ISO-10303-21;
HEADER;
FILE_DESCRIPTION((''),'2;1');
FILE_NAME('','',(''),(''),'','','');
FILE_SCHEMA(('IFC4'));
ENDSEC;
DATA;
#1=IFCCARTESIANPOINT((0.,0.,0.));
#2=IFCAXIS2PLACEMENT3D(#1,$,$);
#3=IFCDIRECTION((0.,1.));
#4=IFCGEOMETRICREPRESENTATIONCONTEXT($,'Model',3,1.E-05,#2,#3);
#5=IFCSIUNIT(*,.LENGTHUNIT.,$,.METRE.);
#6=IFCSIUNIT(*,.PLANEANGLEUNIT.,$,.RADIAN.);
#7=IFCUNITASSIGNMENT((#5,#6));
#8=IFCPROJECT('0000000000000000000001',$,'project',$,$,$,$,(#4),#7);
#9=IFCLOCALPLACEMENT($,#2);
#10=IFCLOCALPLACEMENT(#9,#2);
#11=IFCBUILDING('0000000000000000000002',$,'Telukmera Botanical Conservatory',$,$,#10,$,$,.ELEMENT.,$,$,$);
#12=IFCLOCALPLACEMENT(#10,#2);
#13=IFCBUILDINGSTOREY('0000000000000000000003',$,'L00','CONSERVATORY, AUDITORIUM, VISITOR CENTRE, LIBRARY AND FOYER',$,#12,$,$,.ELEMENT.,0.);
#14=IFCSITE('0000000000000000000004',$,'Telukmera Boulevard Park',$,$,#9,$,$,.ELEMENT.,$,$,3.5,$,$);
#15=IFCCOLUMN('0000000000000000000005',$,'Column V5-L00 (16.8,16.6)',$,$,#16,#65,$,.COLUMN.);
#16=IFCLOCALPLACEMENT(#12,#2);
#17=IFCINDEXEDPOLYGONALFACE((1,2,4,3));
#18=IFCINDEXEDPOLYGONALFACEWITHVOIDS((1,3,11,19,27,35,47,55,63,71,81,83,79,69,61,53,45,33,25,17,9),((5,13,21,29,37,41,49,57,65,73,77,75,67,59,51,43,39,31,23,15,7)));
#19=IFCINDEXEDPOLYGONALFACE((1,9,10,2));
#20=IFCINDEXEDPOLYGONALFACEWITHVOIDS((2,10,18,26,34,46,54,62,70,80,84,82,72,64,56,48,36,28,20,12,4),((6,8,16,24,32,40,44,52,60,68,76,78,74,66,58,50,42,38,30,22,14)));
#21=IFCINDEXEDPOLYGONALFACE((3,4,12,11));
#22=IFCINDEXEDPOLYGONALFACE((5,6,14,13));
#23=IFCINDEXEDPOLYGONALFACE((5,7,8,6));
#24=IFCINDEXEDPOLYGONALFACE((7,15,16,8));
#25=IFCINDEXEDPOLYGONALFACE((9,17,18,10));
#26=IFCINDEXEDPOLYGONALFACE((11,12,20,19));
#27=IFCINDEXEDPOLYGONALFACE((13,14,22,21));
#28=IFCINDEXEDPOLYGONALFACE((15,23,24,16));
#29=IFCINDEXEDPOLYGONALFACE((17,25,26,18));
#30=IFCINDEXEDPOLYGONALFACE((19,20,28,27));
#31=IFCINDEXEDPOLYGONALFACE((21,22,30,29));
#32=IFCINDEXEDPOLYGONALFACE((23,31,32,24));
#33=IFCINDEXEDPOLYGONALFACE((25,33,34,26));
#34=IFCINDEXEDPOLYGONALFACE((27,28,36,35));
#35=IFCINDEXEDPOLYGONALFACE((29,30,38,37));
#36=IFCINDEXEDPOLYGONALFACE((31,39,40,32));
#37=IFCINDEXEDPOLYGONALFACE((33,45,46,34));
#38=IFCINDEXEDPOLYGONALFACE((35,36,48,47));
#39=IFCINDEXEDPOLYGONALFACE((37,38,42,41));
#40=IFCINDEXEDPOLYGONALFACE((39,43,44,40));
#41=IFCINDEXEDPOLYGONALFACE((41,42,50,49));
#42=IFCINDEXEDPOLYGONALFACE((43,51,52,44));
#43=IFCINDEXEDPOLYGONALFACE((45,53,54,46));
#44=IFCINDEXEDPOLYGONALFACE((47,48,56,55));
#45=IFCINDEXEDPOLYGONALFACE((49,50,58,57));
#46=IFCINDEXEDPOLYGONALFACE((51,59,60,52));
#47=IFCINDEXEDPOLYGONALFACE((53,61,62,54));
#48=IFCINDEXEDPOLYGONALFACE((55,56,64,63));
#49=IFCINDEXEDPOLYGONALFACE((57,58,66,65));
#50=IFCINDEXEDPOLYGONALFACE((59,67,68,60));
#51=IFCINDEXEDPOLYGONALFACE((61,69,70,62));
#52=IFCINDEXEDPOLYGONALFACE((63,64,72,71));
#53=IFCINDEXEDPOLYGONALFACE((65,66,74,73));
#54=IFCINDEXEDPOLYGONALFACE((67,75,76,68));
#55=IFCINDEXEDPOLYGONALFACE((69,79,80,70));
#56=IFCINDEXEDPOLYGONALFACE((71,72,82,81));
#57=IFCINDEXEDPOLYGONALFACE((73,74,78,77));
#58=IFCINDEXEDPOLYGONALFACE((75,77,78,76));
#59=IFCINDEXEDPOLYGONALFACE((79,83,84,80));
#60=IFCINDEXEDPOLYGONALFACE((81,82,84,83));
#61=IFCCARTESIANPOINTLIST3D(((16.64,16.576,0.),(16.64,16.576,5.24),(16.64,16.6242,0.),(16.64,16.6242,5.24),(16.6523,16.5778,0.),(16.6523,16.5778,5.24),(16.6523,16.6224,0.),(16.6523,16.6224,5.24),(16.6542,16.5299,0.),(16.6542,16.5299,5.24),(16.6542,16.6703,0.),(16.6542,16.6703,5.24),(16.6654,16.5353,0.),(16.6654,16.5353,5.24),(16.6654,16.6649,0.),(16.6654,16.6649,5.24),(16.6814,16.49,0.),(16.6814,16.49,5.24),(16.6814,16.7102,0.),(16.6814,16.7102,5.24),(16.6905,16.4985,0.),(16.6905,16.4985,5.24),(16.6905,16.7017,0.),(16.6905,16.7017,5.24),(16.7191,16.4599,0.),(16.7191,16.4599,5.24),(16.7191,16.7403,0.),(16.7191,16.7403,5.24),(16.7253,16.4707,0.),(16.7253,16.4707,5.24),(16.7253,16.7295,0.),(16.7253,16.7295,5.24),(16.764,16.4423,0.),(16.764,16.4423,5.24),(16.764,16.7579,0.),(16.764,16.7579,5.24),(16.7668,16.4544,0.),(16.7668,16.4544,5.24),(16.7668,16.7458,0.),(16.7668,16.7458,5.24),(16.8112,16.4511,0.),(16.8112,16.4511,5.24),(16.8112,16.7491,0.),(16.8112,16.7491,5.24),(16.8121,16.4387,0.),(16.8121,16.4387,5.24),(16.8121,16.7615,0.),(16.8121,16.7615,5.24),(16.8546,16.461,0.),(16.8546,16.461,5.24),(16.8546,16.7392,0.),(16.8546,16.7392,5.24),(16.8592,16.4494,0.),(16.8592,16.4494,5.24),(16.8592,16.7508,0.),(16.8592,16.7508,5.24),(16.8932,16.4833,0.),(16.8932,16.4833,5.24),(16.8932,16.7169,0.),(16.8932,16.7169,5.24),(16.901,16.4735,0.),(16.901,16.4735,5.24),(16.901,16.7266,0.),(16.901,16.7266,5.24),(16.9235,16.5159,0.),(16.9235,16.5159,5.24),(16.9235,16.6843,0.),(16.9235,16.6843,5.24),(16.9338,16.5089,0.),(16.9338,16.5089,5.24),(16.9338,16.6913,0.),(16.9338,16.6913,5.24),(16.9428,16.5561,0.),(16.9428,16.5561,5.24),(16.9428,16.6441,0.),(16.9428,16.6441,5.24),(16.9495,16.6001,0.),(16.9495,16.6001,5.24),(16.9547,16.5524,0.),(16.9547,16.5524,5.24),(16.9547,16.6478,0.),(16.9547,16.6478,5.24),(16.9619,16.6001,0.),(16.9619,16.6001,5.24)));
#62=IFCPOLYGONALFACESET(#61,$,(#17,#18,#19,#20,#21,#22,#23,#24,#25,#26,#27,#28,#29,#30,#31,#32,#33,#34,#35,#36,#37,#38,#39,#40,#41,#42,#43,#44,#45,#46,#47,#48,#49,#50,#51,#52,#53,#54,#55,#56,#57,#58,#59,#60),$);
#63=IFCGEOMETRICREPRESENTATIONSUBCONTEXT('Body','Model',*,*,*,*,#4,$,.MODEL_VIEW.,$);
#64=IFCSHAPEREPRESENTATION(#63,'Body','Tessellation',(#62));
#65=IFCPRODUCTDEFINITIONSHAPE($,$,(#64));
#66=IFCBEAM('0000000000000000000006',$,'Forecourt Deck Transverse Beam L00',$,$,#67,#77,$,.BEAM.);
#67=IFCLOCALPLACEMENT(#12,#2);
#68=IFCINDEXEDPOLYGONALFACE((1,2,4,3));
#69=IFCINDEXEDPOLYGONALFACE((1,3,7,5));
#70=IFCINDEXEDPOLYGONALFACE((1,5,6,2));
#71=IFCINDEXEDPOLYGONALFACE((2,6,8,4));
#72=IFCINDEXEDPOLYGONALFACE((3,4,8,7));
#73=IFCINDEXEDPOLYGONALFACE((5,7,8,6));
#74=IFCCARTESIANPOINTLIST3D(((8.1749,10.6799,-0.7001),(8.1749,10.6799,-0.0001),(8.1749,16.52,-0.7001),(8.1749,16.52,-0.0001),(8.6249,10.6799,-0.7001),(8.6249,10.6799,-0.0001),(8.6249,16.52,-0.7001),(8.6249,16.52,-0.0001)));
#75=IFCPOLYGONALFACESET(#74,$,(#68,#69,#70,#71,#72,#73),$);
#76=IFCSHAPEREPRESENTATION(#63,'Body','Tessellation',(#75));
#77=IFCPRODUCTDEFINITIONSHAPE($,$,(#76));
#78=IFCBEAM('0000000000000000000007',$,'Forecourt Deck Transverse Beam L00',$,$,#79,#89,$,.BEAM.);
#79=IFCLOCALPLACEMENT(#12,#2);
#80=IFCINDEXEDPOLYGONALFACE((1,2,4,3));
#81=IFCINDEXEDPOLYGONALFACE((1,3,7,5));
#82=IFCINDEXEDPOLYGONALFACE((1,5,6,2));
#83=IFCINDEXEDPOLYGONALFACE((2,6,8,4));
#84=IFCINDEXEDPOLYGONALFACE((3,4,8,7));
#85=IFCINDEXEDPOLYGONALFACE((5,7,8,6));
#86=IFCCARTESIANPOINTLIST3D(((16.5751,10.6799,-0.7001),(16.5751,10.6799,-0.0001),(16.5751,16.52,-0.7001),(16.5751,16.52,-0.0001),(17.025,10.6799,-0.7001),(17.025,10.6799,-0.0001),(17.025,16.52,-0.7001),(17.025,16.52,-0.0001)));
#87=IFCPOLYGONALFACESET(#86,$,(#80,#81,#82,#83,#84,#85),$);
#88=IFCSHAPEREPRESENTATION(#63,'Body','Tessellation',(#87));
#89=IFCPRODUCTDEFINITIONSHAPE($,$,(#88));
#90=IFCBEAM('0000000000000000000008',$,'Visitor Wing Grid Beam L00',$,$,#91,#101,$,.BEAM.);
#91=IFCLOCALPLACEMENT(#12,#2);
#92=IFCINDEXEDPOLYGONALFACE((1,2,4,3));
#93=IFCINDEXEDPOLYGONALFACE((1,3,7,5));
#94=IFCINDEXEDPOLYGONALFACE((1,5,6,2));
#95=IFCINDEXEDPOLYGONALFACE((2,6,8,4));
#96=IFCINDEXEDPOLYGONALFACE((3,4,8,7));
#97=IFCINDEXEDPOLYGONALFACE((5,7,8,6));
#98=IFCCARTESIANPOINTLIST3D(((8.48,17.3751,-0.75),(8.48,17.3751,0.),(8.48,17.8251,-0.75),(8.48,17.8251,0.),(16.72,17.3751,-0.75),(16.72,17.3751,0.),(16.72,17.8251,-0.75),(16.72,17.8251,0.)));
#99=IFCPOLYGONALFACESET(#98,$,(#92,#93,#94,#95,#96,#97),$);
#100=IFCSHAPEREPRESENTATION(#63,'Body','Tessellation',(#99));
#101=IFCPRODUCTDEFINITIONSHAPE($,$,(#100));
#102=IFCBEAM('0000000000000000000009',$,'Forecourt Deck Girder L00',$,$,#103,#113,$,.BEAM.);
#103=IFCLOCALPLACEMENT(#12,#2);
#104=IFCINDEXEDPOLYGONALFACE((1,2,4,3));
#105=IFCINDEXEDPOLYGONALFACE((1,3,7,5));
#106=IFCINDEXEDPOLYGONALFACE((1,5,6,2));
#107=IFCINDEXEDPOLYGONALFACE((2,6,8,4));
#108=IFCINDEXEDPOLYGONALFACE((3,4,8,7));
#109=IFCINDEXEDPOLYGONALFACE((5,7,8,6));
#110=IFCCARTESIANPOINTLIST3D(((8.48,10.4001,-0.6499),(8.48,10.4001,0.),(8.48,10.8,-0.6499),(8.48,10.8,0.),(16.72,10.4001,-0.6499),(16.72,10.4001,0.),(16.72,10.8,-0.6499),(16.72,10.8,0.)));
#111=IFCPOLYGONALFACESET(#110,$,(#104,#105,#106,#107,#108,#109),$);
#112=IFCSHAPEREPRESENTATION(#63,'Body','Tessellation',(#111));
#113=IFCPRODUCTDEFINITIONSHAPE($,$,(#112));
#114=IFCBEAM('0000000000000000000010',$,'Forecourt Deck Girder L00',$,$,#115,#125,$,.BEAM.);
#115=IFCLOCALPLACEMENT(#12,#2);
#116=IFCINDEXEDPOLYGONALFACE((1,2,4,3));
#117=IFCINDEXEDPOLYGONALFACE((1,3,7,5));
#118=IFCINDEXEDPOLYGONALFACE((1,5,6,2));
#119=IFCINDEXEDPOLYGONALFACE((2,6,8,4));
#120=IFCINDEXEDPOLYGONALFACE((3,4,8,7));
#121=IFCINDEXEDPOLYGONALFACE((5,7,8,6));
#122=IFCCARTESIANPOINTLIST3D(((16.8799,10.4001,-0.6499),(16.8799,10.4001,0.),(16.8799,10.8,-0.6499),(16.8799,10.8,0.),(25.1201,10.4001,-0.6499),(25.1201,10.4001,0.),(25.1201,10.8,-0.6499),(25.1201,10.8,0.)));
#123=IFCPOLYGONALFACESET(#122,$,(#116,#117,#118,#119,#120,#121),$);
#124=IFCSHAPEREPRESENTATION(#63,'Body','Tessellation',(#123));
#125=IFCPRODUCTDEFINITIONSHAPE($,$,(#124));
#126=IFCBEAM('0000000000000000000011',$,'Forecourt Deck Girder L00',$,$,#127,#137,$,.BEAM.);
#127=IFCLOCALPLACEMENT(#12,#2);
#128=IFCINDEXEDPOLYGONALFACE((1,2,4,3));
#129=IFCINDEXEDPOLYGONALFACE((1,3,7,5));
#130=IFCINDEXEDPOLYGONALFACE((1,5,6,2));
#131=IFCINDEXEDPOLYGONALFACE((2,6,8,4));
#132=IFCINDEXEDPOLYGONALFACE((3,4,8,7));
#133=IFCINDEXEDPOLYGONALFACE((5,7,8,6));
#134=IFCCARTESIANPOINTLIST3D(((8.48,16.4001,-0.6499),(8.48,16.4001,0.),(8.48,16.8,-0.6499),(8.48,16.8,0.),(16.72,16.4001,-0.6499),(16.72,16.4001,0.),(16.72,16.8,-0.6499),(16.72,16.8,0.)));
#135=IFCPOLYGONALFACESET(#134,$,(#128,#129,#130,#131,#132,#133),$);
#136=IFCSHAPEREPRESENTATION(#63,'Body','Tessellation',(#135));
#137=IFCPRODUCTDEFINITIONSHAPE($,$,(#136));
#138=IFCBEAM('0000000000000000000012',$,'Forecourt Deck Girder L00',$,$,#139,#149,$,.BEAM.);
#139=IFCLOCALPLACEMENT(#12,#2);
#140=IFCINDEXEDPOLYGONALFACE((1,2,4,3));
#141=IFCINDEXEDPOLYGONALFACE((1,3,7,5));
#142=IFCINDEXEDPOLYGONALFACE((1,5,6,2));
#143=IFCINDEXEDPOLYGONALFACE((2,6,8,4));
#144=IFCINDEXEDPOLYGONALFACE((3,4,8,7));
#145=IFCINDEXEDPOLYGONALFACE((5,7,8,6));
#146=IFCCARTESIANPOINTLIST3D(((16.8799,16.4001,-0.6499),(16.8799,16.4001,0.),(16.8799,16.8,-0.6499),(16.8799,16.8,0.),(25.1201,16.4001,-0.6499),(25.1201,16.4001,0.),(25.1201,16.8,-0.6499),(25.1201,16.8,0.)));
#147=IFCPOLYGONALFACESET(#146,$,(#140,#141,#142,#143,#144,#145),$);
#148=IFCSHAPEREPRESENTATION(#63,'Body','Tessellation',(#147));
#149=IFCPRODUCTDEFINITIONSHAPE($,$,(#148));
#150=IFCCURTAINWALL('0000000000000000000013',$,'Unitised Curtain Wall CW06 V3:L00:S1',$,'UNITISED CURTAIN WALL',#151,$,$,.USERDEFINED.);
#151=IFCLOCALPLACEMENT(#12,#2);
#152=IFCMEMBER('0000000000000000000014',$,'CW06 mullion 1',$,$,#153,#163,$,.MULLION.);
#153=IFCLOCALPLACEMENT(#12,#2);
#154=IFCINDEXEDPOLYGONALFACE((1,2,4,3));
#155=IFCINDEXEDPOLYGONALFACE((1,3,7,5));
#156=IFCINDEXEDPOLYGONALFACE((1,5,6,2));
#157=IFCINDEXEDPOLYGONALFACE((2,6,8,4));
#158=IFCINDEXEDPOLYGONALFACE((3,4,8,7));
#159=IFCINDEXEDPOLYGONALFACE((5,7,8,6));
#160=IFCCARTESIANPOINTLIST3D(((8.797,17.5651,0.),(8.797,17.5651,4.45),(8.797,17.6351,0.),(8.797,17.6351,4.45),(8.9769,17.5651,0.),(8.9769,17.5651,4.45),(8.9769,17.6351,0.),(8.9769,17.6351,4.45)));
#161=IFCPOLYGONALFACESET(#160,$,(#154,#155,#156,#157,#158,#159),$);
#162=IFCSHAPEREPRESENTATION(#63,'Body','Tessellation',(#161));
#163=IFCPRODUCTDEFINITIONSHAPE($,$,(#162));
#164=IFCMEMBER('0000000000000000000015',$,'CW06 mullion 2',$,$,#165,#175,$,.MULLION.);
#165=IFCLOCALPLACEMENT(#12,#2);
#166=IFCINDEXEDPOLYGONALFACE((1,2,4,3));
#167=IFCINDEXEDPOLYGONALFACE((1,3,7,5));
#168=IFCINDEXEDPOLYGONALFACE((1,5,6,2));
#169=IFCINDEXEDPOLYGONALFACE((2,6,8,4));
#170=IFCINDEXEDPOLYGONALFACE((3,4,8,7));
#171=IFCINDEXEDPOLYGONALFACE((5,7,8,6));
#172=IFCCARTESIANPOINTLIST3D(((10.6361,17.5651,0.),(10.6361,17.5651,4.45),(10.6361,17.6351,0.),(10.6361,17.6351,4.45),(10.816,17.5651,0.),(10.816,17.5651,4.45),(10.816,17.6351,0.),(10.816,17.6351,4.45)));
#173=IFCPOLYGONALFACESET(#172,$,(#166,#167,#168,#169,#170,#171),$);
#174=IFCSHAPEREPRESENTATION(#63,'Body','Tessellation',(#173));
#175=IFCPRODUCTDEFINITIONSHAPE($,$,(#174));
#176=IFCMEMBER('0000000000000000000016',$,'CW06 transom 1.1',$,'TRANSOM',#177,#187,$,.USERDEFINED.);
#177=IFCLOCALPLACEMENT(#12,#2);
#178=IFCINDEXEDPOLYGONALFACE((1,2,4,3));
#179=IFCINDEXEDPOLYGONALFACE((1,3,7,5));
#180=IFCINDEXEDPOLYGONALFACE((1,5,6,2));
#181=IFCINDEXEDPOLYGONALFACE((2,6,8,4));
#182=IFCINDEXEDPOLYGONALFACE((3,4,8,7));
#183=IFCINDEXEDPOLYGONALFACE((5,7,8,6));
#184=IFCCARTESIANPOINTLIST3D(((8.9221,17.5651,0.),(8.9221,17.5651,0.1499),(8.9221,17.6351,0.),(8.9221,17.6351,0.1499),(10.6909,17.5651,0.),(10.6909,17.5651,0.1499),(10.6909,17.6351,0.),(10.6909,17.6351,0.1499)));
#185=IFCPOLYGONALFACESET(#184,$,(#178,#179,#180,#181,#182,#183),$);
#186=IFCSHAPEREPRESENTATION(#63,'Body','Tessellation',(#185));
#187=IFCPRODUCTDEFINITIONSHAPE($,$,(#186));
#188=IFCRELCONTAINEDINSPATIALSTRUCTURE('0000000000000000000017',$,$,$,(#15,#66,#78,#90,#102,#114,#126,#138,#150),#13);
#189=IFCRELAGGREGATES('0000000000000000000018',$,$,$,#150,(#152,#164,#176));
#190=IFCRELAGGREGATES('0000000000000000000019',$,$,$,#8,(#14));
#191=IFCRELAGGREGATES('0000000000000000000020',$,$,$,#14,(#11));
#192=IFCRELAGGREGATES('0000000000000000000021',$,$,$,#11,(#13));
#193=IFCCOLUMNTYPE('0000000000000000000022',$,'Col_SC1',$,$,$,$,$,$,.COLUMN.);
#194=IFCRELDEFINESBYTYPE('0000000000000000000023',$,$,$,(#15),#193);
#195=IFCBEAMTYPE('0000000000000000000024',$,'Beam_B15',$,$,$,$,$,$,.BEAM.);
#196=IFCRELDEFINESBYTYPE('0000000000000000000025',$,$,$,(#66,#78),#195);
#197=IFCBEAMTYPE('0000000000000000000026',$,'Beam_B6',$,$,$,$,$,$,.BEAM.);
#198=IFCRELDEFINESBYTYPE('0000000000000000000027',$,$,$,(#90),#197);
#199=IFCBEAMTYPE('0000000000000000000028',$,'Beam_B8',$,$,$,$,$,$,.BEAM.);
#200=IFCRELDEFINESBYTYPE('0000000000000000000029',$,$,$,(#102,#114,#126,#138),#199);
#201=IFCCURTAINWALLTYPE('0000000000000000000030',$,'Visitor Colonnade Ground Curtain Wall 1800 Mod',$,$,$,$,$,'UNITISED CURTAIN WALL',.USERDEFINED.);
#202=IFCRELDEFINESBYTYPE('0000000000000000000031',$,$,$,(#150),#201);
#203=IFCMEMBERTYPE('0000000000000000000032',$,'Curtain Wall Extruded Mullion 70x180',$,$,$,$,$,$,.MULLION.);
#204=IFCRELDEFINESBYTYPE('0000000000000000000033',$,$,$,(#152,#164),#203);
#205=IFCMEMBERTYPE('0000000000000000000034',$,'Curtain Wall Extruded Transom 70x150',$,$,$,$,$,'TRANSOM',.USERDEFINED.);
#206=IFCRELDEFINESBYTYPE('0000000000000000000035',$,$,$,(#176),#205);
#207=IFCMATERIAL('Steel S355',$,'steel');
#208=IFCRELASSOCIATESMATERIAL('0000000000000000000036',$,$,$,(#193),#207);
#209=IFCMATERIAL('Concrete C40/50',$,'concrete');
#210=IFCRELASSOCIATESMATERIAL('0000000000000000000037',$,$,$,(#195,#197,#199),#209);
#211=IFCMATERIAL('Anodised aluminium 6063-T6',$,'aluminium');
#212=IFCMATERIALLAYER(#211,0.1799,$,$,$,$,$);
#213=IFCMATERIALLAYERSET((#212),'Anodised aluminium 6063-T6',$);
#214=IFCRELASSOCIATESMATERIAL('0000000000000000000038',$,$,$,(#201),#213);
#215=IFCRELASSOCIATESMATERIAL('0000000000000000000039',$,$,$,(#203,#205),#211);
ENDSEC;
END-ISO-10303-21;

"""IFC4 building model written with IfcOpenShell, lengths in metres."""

from ifc_helpers import new_model, si_unit, direction, frame, origin, origin_2d, place, context, subcontext, project, spatial, rectangle, hollow_circle, extrude, material, layer, layer_set, material_profile, profile_set, type_object, element, aggregate, save


model = new_model("IFC4")

# Units and contexts
model_context = context("Model", 3, precision=1e-05, world=origin(), true_north=direction((0.0, 1.0)))
body_context = subcontext(model_context, "Body", "Model", "MODEL_VIEW")
ifc_project = project(units=[si_unit("LENGTHUNIT", "METRE"), si_unit("PLANEANGLEUNIT", "RADIAN")], contexts=[model_context])

# Site, building, storey
site_placement = place(None, origin())
site = spatial("IfcSite", under=ifc_project, at=site_placement, Name="Telukmera Boulevard Park", CompositionType="ELEMENT", RefElevation=3.5)
building_placement = place(site_placement, origin())
building = spatial("IfcBuilding", under=site, at=building_placement, Name="Telukmera Botanical Conservatory", CompositionType="ELEMENT")
storey_placement = place(building_placement, origin())
storey = spatial("IfcBuildingStorey", under=building, at=storey_placement, Name="L00", Description="CONSERVATORY, AUDITORIUM, VISITOR CENTRE, LIBRARY AND FOYER", CompositionType="ELEMENT", Elevation=0.0)

# Column
ifc_material_1 = material(Name="Concrete C40/50", Category="concrete")
ifc_material_2 = material(Name="Steel S355", Category="steel")
ifc_material_profile_1 = material_profile(ifc_material_2, hollow_circle(Radius=0.1619, WallThickness=0.0125, at=origin_2d()), Name="CHS 323.9x12.5")
ifc_profile_set_1 = profile_set([ifc_material_profile_1], Name="Steel S355")
column_type_1 = type_object("IfcColumnType", Name="Col_SC1", PredefinedType="COLUMN", material=ifc_profile_set_1)
for number, where, z_axis, x_axis, name in (
    (1, (16.8, 16.6001, 0.0), (0.0, 0.0, 1.0), (1.0, 0.0, 0.0), "Column V5-L00 (16.8,16.6)"),
):
    element("IfcColumn", number, at=place(storey_placement, frame(where, z_axis=z_axis, x_axis=x_axis)), inside=storey, type_object=column_type_1, Name=name, PredefinedType="COLUMN", context=body_context, shape_type="SweptSolid", body=[
        extrude(hollow_circle(Radius=0.1619, WallThickness=0.0125, at=origin_2d()), origin(), (0.0, 0.0, 1.0), 5.24),
    ])

# Beams
ifc_material_profile_2 = material_profile(ifc_material_1, rectangle(XDim=0.45, YDim=0.7, at=origin_2d()), Name="RC 450x700")
ifc_profile_set_2 = profile_set([ifc_material_profile_2], Name="Concrete C40/50")
beam_type_1 = type_object("IfcBeamType", Name="Beam_B15", PredefinedType="BEAM", material=ifc_profile_set_2)
for number, where, z_axis, x_axis, name in (
    (2, (8.3999, 10.6799, -0.3501), (0.0, 1.0, 0.0), (-1.0, 0.0, 0.0), "Forecourt Deck Transverse Beam L00"),
    (3, (16.8, 10.6799, -0.3501), (0.0, 1.0, 0.0), (-1.0, 0.0, 0.0), "Forecourt Deck Transverse Beam L00"),
):
    element("IfcBeam", number, at=place(storey_placement, frame(where, z_axis=z_axis, x_axis=x_axis)), inside=storey, type_object=beam_type_1, Name=name, PredefinedType="BEAM", context=body_context, shape_type="SweptSolid", body=[
        extrude(rectangle(XDim=0.45, YDim=0.7, at=origin_2d()), origin(), (0.0, 0.0, 1.0), 5.8401),
    ])
ifc_material_profile_3 = material_profile(ifc_material_1, rectangle(XDim=0.45, YDim=0.75, at=origin_2d()), Name="RC 450x750")
ifc_profile_set_3 = profile_set([ifc_material_profile_3], Name="Concrete C40/50")
beam_type_2 = type_object("IfcBeamType", Name="Beam_B6", PredefinedType="BEAM", material=ifc_profile_set_3)
beam_1_placement = place(storey_placement, frame((8.48, 17.6001, -0.375), z_axis=(1.0, 0.0, 0.0), x_axis=(0.0, 1.0, 0.0)))
element("IfcBeam", 4, at=beam_1_placement, inside=storey, type_object=beam_type_2, Name="Visitor Wing Grid Beam L00", PredefinedType="BEAM", context=body_context, shape_type="SweptSolid", body=[
    extrude(rectangle(XDim=0.45, YDim=0.75, at=origin_2d()), origin(), (0.0, 0.0, 1.0), 8.24),
])
ifc_material_profile_4 = material_profile(ifc_material_1, rectangle(XDim=0.3999, YDim=0.6499, at=origin_2d()), Name="RC 400x650")
ifc_profile_set_4 = profile_set([ifc_material_profile_4], Name="Concrete C40/50")
beam_type_3 = type_object("IfcBeamType", Name="Beam_B8", PredefinedType="BEAM", material=ifc_profile_set_4)
beam_2_placement = place(storey_placement, frame((8.48, 10.6001, -0.325), z_axis=(1.0, 0.0, 0.0), x_axis=(0.0, 1.0, 0.0)))
element("IfcBeam", 5, at=beam_2_placement, inside=storey, type_object=beam_type_3, Name="Forecourt Deck Girder L00", PredefinedType="BEAM", context=body_context, shape_type="SweptSolid", body=[
    extrude(rectangle(XDim=0.3999, YDim=0.6499, at=origin_2d()), origin(), (0.0, 0.0, 1.0), 8.24),
])
beam_3_placement = place(storey_placement, frame((16.8799, 10.6001, -0.325), z_axis=(1.0, 0.0, 0.0), x_axis=(0.0, 1.0, 0.0)))
element("IfcBeam", 6, at=beam_3_placement, inside=storey, type_object=beam_type_3, Name="Forecourt Deck Girder L00", PredefinedType="BEAM", context=body_context, shape_type="SweptSolid", body=[
    extrude(rectangle(XDim=0.3999, YDim=0.6499, at=origin_2d()), origin(), (0.0, 0.0, 1.0), 8.2402),
])
beam_4_placement = place(storey_placement, frame((8.48, 16.6001, -0.325), z_axis=(1.0, 0.0, 0.0), x_axis=(0.0, 1.0, 0.0)))
element("IfcBeam", 7, at=beam_4_placement, inside=storey, type_object=beam_type_3, Name="Forecourt Deck Girder L00", PredefinedType="BEAM", context=body_context, shape_type="SweptSolid", body=[
    extrude(rectangle(XDim=0.3999, YDim=0.6499, at=origin_2d()), origin(), (0.0, 0.0, 1.0), 8.24),
])
beam_5_placement = place(storey_placement, frame((16.8799, 16.6001, -0.325), z_axis=(1.0, 0.0, 0.0), x_axis=(0.0, 1.0, 0.0)))
element("IfcBeam", 8, at=beam_5_placement, inside=storey, type_object=beam_type_3, Name="Forecourt Deck Girder L00", PredefinedType="BEAM", context=body_context, shape_type="SweptSolid", body=[
    extrude(rectangle(XDim=0.3999, YDim=0.6499, at=origin_2d()), origin(), (0.0, 0.0, 1.0), 8.2402),
])

# Curtain wall, members
ifc_material_3 = material(Name="Anodised aluminium 6063-T6", Category="aluminium")
ifc_layer_1 = layer(ifc_material_3, 0.1799)
ifc_layer_set_1 = layer_set([ifc_layer_1], Name="Anodised aluminium 6063-T6")
curtain_wall_type = type_object("IfcCurtainWallType", Name="Visitor Colonnade Ground Curtain Wall 1800 Mod", ElementType="UNITISED CURTAIN WALL", PredefinedType="USERDEFINED", material=ifc_layer_set_1)
curtain_wall_placement = place(storey_placement, origin())
curtain_wall = element("IfcCurtainWall", 9, at=curtain_wall_placement, inside=storey, type_object=curtain_wall_type, Name="Unitised Curtain Wall CW06 V3:L00:S1", ObjectType="UNITISED CURTAIN WALL", PredefinedType="USERDEFINED")
ifc_material_profile_5 = material_profile(ifc_material_3, rectangle(XDim=0.0701, YDim=0.1799, at=origin_2d()), Name="ALU MULL 70x180")
ifc_profile_set_5 = profile_set([ifc_material_profile_5], Name="Anodised aluminium 6063-T6")
member_type_1 = type_object("IfcMemberType", Name="Curtain Wall Extruded Mullion 70x180", PredefinedType="MULLION", material=ifc_profile_set_5)
member_1_placement = place(storey_placement, frame((8.887, 17.6001, 0.0), z_axis=(0.0, 0.0, 1.0), x_axis=(0.0, 1.0, 0.0)))
member_1 = element("IfcMember", 10, at=member_1_placement, type_object=member_type_1, Name="CW06 mullion 1", PredefinedType="MULLION", context=body_context, shape_type="SweptSolid", body=[
    extrude(rectangle(XDim=0.0701, YDim=0.1799, at=origin_2d()), origin(), (0.0, 0.0, 1.0), 4.45),
])
member_2_placement = place(storey_placement, frame((10.7261, 17.6001, 0.0), z_axis=(0.0, 0.0, 1.0), x_axis=(0.0, 1.0, 0.0)))
member_2 = element("IfcMember", 11, at=member_2_placement, type_object=member_type_1, Name="CW06 mullion 2", PredefinedType="MULLION", context=body_context, shape_type="SweptSolid", body=[
    extrude(rectangle(XDim=0.0701, YDim=0.1799, at=origin_2d()), origin(), (0.0, 0.0, 1.0), 4.45),
])
ifc_material_profile_6 = material_profile(ifc_material_3, rectangle(XDim=0.0701, YDim=0.1499, at=origin_2d()), Name="ALU TRAN 70x150")
ifc_profile_set_6 = profile_set([ifc_material_profile_6], Name="Anodised aluminium 6063-T6")
member_type_2 = type_object("IfcMemberType", Name="Curtain Wall Extruded Transom 70x150", ElementType="TRANSOM", PredefinedType="USERDEFINED", material=ifc_profile_set_6)
member_3_placement = place(storey_placement, frame((8.9221, 17.6001, 0.075), z_axis=(1.0, 0.0, 0.0), x_axis=(0.0, 1.0, 0.0)))
member_3 = element("IfcMember", 12, at=member_3_placement, type_object=member_type_2, Name="CW06 transom 1.1", ObjectType="TRANSOM", PredefinedType="USERDEFINED", context=body_context, shape_type="SweptSolid", body=[
    extrude(rectangle(XDim=0.0701, YDim=0.1499, at=origin_2d()), origin(), (0.0, 0.0, 1.0), 1.7688),
])

aggregate(curtain_wall, [member_1, member_2, member_3])

save(model, "model.ifc")
